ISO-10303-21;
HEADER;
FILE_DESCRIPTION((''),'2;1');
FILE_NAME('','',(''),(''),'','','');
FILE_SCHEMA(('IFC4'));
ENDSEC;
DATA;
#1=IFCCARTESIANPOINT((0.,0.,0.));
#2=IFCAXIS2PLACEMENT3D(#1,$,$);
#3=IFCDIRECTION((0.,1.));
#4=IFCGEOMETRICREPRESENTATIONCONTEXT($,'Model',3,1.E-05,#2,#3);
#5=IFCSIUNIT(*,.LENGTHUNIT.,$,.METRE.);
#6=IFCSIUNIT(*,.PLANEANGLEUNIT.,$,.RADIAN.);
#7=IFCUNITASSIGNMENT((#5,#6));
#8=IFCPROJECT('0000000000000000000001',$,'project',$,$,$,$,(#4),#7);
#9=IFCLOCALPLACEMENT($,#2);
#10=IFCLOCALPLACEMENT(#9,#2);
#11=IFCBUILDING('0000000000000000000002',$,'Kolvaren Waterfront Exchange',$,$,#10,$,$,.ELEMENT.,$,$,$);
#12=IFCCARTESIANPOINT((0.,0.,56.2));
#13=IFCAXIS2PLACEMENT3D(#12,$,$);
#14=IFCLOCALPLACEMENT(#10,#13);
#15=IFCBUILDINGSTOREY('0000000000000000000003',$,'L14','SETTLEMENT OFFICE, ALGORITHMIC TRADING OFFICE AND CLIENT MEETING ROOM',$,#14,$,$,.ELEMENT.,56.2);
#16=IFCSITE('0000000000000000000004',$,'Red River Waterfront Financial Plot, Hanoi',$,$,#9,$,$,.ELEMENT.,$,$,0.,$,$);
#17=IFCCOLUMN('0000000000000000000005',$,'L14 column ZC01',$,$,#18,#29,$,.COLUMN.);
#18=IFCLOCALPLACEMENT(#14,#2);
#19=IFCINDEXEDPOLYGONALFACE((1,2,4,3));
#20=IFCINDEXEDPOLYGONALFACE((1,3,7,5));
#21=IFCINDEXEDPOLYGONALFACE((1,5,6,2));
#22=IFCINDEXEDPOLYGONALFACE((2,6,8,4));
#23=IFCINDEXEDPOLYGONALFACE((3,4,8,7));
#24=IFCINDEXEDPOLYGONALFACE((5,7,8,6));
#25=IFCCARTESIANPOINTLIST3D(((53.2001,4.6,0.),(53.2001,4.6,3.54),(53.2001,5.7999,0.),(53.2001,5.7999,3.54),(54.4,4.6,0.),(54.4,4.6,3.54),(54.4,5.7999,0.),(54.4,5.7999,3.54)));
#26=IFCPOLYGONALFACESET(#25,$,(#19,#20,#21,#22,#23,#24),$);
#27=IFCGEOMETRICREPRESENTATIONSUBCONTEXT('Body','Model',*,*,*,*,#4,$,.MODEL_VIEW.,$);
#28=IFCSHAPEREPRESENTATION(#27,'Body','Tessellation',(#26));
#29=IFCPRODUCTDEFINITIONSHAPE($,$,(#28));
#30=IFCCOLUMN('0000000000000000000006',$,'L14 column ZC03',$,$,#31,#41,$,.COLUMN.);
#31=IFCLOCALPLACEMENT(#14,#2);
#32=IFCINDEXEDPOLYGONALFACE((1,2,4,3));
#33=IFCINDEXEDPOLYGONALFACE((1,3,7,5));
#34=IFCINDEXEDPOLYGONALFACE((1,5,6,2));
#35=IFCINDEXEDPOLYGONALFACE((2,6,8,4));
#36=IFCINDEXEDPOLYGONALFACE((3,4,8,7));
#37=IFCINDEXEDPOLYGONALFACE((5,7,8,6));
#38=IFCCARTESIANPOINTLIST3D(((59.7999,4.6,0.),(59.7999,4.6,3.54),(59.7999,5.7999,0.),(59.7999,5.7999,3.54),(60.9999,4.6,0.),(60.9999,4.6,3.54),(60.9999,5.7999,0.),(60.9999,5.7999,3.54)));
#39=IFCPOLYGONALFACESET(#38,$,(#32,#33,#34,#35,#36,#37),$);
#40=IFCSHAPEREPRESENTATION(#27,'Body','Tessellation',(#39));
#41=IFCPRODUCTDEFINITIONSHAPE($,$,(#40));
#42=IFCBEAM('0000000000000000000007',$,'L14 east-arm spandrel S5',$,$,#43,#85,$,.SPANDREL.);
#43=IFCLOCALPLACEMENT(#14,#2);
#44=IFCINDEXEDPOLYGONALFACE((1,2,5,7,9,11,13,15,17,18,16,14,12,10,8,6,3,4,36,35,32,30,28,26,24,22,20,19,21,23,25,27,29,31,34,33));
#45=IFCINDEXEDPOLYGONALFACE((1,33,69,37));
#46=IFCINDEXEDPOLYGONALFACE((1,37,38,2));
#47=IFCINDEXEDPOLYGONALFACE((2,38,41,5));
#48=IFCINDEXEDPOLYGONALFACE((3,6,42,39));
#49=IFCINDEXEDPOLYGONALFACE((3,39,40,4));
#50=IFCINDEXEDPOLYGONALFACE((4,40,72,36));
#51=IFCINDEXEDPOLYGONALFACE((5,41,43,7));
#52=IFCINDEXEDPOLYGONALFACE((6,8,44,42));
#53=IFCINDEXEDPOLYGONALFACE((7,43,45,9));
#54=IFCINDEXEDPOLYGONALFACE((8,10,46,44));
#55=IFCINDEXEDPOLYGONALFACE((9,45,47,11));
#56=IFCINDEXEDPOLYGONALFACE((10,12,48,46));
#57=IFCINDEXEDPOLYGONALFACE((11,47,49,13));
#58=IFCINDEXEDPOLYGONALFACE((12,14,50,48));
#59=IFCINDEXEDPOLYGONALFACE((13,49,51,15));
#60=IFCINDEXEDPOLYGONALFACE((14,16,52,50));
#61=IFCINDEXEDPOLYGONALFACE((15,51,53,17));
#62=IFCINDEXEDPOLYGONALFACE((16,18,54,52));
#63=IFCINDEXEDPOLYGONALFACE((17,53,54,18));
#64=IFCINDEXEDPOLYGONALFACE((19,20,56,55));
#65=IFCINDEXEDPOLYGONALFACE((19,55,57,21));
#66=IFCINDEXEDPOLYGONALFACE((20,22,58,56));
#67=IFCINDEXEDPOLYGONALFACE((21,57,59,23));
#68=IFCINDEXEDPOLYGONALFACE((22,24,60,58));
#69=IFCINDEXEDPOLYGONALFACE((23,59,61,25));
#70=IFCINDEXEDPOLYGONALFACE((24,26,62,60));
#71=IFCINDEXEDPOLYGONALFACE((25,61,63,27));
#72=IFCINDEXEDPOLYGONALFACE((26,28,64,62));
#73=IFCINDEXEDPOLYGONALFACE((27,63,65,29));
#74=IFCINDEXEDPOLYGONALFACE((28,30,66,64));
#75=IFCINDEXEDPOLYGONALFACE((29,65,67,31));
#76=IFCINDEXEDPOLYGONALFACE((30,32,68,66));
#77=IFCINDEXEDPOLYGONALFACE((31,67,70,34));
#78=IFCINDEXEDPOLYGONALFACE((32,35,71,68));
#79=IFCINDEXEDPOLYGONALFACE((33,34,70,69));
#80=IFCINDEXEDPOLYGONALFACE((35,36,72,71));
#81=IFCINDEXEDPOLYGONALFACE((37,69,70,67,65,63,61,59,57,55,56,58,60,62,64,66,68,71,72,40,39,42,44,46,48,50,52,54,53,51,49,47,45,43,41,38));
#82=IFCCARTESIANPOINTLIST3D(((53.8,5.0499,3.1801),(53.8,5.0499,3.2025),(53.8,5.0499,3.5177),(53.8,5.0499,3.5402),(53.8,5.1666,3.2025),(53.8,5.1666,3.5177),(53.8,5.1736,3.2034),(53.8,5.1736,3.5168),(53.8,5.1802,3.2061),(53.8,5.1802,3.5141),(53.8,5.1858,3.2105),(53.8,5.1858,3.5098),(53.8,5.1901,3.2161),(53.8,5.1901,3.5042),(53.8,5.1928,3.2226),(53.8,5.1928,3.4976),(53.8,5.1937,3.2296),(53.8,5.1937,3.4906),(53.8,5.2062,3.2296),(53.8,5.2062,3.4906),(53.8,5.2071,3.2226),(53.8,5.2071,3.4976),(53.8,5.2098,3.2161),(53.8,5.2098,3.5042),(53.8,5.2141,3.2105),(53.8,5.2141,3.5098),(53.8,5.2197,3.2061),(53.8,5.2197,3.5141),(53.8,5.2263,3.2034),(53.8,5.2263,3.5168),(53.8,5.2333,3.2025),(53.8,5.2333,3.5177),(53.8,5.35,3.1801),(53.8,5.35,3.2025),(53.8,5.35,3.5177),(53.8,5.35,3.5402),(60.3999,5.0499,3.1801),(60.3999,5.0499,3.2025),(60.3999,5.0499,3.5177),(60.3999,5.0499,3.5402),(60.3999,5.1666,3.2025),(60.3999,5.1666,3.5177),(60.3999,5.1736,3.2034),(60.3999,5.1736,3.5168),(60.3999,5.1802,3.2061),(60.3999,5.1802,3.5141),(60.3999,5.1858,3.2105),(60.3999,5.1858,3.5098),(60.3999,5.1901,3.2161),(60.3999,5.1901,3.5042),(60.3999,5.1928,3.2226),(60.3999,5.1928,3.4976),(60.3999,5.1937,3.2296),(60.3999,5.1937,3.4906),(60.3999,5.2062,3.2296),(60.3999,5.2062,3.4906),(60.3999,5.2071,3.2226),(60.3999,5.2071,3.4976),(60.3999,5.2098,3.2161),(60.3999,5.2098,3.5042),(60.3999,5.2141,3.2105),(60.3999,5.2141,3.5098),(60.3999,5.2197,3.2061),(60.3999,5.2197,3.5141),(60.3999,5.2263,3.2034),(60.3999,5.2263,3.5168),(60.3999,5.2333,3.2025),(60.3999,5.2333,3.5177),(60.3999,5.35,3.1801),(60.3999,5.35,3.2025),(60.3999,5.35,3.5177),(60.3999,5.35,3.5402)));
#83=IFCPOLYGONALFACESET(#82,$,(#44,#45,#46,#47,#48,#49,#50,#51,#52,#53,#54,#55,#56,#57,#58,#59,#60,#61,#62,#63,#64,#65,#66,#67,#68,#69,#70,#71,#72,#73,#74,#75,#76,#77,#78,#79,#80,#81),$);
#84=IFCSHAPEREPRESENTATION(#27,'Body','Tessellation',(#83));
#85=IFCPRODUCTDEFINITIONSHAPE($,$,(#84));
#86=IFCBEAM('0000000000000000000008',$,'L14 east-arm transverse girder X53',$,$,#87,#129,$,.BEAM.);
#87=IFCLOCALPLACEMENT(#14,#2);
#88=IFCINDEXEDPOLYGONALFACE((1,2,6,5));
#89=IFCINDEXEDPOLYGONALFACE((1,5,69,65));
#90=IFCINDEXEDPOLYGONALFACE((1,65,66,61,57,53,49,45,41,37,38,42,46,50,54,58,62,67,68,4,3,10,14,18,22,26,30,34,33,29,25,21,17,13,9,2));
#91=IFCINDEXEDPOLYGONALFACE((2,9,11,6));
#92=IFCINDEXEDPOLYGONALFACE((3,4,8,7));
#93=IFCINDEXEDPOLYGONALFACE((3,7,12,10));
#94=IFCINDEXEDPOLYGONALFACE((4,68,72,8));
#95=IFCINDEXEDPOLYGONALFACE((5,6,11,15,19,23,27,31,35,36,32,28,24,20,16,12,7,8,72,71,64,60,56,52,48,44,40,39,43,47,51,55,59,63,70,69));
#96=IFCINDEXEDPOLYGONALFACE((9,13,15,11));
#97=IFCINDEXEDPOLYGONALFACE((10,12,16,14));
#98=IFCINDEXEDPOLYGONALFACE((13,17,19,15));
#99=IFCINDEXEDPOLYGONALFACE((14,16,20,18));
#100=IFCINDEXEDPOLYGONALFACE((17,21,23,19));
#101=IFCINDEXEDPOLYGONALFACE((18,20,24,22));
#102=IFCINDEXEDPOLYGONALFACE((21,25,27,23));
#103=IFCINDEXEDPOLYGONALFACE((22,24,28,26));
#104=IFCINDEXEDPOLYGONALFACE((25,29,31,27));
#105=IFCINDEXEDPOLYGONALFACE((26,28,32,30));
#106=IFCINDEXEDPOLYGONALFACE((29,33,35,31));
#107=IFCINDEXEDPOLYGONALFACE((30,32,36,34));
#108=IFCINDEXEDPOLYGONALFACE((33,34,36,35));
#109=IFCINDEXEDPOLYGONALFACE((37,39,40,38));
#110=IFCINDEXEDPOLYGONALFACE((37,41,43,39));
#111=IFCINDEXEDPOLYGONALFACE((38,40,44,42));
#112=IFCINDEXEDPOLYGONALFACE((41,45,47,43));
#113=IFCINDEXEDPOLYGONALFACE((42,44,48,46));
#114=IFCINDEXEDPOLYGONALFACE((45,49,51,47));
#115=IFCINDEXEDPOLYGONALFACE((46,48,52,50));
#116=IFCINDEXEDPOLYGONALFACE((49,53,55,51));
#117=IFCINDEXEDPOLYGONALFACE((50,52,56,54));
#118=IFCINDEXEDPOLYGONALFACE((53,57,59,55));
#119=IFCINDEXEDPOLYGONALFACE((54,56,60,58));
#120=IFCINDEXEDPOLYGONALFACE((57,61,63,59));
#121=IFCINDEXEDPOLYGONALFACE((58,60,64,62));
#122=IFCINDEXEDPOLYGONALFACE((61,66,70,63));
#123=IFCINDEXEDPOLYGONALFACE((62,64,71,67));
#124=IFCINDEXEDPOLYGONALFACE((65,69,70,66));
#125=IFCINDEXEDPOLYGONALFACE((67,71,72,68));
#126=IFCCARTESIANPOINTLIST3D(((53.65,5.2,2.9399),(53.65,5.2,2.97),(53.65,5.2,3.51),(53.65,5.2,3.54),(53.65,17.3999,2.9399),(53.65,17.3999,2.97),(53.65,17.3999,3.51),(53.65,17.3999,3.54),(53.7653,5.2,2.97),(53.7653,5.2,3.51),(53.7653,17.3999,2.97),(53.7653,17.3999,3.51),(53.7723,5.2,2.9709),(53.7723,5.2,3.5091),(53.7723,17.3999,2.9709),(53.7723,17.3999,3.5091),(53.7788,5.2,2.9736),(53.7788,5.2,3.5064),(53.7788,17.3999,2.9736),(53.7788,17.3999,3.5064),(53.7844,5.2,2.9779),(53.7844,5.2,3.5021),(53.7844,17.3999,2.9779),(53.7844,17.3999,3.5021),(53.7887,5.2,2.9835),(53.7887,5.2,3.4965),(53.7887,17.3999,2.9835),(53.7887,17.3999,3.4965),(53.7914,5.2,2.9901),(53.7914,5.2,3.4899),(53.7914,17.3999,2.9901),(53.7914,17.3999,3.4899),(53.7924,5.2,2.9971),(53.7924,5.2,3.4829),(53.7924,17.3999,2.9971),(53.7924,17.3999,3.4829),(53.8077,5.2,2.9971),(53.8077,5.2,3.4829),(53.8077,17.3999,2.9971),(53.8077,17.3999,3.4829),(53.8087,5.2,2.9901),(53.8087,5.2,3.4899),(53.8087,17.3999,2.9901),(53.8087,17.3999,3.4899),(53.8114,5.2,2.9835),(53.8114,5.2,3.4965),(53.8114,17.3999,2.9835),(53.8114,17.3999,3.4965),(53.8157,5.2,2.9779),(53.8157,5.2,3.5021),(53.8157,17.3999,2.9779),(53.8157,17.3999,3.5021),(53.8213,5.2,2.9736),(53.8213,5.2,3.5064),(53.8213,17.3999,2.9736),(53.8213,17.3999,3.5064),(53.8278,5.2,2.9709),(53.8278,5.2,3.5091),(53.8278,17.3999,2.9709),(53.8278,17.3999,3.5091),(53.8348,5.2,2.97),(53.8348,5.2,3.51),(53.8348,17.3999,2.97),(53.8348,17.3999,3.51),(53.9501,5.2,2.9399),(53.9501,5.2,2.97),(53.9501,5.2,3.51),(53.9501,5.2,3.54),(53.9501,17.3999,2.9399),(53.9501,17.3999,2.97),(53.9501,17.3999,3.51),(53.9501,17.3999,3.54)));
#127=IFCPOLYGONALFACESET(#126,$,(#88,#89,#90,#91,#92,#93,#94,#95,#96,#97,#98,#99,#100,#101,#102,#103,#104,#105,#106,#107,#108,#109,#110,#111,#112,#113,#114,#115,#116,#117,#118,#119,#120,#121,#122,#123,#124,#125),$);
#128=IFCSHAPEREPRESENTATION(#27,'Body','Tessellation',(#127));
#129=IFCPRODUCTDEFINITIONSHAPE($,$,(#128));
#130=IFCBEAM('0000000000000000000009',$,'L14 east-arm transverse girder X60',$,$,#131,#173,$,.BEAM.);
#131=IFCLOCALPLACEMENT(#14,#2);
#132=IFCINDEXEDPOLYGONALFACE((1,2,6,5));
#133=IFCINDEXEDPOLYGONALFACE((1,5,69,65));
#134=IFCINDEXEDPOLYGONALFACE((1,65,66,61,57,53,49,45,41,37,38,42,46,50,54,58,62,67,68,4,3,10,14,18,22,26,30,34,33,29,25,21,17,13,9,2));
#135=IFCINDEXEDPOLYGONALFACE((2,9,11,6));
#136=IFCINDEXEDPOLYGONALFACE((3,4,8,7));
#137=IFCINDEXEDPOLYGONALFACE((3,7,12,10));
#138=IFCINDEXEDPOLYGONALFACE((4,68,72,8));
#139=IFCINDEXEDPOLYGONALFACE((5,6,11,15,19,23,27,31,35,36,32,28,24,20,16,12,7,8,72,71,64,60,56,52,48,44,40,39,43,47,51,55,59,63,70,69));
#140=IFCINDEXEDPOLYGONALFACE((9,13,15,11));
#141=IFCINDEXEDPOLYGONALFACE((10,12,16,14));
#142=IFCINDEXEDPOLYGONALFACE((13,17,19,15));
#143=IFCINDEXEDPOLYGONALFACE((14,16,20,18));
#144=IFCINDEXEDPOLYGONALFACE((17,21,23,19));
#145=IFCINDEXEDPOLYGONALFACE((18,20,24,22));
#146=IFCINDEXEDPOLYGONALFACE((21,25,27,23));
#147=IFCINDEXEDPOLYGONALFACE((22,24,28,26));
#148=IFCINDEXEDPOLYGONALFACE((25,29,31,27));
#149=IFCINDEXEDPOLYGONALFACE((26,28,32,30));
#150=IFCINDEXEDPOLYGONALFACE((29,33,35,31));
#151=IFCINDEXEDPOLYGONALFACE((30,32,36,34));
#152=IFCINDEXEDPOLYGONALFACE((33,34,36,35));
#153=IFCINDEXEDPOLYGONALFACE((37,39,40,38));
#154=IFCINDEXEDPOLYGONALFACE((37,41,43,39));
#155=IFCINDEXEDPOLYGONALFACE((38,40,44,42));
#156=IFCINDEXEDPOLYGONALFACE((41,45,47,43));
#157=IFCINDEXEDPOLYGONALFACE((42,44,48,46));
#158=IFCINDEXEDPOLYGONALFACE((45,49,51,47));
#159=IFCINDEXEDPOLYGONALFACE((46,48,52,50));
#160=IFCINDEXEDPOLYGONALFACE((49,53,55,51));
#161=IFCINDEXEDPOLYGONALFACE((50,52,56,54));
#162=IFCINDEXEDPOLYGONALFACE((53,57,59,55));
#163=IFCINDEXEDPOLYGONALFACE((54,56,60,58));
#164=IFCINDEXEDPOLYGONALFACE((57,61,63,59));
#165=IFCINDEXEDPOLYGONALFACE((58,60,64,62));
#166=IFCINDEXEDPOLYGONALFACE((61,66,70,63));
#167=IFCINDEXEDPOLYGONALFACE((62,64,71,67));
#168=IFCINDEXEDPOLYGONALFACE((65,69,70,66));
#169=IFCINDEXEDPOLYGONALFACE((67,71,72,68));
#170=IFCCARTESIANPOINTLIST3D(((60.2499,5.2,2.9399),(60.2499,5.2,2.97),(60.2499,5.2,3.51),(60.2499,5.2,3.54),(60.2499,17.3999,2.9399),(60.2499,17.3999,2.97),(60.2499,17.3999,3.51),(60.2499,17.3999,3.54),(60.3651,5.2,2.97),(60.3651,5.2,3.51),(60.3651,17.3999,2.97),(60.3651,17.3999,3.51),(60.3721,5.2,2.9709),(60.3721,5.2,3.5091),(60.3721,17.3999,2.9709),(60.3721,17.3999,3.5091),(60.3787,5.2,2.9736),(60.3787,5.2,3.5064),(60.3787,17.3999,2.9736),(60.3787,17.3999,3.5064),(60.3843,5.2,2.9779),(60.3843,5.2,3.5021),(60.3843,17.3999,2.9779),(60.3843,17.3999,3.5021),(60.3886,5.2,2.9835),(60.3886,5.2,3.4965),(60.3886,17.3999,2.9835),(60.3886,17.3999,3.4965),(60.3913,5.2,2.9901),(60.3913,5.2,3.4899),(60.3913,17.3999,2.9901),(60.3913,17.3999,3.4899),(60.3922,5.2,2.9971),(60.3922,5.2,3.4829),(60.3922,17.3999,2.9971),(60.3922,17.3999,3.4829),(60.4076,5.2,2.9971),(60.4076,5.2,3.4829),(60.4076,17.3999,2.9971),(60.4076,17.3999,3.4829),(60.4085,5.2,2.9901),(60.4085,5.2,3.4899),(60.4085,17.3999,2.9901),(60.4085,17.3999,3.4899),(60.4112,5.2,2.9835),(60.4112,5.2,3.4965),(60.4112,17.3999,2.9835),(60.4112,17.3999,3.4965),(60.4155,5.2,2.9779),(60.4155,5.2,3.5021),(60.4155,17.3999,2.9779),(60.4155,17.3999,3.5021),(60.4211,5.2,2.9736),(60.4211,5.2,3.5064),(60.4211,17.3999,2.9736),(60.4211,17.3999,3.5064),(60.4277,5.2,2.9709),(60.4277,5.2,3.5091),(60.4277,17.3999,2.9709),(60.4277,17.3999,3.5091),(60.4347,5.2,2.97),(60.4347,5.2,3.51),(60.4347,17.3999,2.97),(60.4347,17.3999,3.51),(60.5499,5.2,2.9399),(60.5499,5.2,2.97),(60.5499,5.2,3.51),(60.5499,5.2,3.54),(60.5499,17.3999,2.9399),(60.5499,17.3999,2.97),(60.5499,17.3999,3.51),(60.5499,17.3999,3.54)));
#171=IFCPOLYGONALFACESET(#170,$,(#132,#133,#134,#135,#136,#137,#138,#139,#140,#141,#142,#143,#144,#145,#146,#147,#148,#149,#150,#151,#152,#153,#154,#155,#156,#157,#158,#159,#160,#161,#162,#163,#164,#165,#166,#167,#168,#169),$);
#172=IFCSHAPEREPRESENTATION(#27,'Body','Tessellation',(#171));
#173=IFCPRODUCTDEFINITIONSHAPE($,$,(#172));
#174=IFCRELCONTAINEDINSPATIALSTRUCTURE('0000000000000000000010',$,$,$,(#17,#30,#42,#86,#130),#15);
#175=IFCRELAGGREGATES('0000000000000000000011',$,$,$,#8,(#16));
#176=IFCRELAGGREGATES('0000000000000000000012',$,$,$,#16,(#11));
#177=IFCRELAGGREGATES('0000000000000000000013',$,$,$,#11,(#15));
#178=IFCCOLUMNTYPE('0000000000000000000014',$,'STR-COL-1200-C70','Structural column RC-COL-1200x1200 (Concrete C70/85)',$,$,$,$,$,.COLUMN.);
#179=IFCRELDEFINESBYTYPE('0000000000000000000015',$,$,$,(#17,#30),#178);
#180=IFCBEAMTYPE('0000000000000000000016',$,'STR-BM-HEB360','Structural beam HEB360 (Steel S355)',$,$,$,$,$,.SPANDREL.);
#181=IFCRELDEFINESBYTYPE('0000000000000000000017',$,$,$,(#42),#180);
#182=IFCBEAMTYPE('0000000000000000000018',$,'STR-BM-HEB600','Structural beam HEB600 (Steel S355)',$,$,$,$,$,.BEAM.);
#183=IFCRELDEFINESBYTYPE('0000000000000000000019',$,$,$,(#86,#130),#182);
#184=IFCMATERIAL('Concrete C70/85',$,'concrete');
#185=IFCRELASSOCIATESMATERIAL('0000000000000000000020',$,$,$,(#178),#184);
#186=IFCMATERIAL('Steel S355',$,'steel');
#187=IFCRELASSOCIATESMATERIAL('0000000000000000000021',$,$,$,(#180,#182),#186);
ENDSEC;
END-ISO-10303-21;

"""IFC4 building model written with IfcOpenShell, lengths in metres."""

from ifc_helpers import new_model, si_unit, direction, frame, origin, origin_2d, place, context, subcontext, project, spatial, rectangle, i_section, extrude, material, material_profile, profile_set, type_object, element, save


model = new_model("IFC4")

# Units and contexts
model_context = context("Model", 3, precision=1e-05, world=origin(), true_north=direction((0.0, 1.0)))
body_context = subcontext(model_context, "Body", "Model", "MODEL_VIEW")
ifc_project = project(units=[si_unit("LENGTHUNIT", "METRE"), si_unit("PLANEANGLEUNIT", "RADIAN")], contexts=[model_context])

# Site, building, storey
site_placement = place(None, origin())
site = spatial("IfcSite", under=ifc_project, at=site_placement, Name="Red River Waterfront Financial Plot, Hanoi", CompositionType="ELEMENT", RefElevation=0.0)
building_placement = place(site_placement, origin())
building = spatial("IfcBuilding", under=site, at=building_placement, Name="Kolvaren Waterfront Exchange", CompositionType="ELEMENT")
storey_placement = place(building_placement, frame((0.0, 0.0, 56.2)))
storey = spatial("IfcBuildingStorey", under=building, at=storey_placement, Name="L14", Description="SETTLEMENT OFFICE, ALGORITHMIC TRADING OFFICE AND CLIENT MEETING ROOM", CompositionType="ELEMENT", Elevation=56.2)

# Columns
ifc_material_1 = material(Name="Concrete C70/85", Category="concrete")
ifc_material_profile_1 = material_profile(ifc_material_1, rectangle(XDim=1.2, YDim=1.2, at=origin_2d()), Name="RC-COL-1200x1200")
ifc_profile_set_1 = profile_set([ifc_material_profile_1], Name="Concrete C70/85")
column_type = type_object("IfcColumnType", Name="STR-COL-1200-C70", Description="Structural column RC-COL-1200x1200 (Concrete C70/85)", PredefinedType="COLUMN", material=ifc_profile_set_1)
for number, where, z_axis, x_axis, name in (
    (1, (53.8, 5.2, 0.0), (0.0, 0.0, 1.0), (1.0, 0.0, 0.0), "L14 column ZC01"),
    (2, (60.3999, 5.2, 0.0), (0.0, 0.0, 1.0), (1.0, 0.0, 0.0), "L14 column ZC03"),
):
    element("IfcColumn", number, at=place(storey_placement, frame(where, z_axis=z_axis, x_axis=x_axis)), inside=storey, type_object=column_type, Name=name, PredefinedType="COLUMN", context=body_context, shape_type="SweptSolid", body=[
        extrude(rectangle(XDim=1.2, YDim=1.2, at=origin_2d()), origin(), (0.0, 0.0, 1.0), 3.54),
    ])

# Beams
ifc_material_2 = material(Name="Steel S355", Category="steel")
ifc_material_profile_2 = material_profile(ifc_material_2, i_section(OverallWidth=0.3, OverallDepth=0.3601, WebThickness=0.0125, FlangeThickness=0.0225, FilletRadius=0.0271, at=origin_2d()), Name="HEB360")
ifc_profile_set_2 = profile_set([ifc_material_profile_2], Name="Steel S355")
beam_type_1 = type_object("IfcBeamType", Name="STR-BM-HEB360", Description="Structural beam HEB360 (Steel S355)", PredefinedType="SPANDREL", material=ifc_profile_set_2)
beam_1_placement = place(storey_placement, frame((53.8, 5.2, 3.3601), z_axis=(1.0, 0.0, 0.0), x_axis=(0.0, 1.0, 0.0)))
element("IfcBeam", 3, at=beam_1_placement, inside=storey, type_object=beam_type_1, Name="L14 east-arm spandrel S5", PredefinedType="SPANDREL", context=body_context, shape_type="SweptSolid", body=[
    extrude(i_section(OverallWidth=0.3, OverallDepth=0.3601, WebThickness=0.0125, FlangeThickness=0.0225, FilletRadius=0.0271, at=origin_2d()), origin(), (0.0, 0.0, 1.0), 6.5999),
])
ifc_material_profile_3 = material_profile(ifc_material_2, i_section(OverallWidth=0.3, OverallDepth=0.6001, WebThickness=0.0154, FlangeThickness=0.03, FilletRadius=0.0271, at=origin_2d()), Name="HEB600")
ifc_profile_set_3 = profile_set([ifc_material_profile_3], Name="Steel S355")
beam_type_2 = type_object("IfcBeamType", Name="STR-BM-HEB600", Description="Structural beam HEB600 (Steel S355)", PredefinedType="BEAM", material=ifc_profile_set_3)
for number, where, z_axis, x_axis, name in (
    (4, (53.8, 5.2, 3.24), (0.0, 1.0, 0.0), (-1.0, 0.0, 0.0), "L14 east-arm transverse girder X53"),
    (5, (60.3999, 5.2, 3.24), (0.0, 1.0, 0.0), (-1.0, 0.0, 0.0), "L14 east-arm transverse girder X60"),
):
    element("IfcBeam", number, at=place(storey_placement, frame(where, z_axis=z_axis, x_axis=x_axis)), inside=storey, type_object=beam_type_2, Name=name, PredefinedType="BEAM", context=body_context, shape_type="SweptSolid", body=[
        extrude(i_section(OverallWidth=0.3, OverallDepth=0.6001, WebThickness=0.0154, FlangeThickness=0.03, FilletRadius=0.0271, at=origin_2d()), origin(), (0.0, 0.0, 1.0), 12.2),
    ])

save(model, "model.ifc")
